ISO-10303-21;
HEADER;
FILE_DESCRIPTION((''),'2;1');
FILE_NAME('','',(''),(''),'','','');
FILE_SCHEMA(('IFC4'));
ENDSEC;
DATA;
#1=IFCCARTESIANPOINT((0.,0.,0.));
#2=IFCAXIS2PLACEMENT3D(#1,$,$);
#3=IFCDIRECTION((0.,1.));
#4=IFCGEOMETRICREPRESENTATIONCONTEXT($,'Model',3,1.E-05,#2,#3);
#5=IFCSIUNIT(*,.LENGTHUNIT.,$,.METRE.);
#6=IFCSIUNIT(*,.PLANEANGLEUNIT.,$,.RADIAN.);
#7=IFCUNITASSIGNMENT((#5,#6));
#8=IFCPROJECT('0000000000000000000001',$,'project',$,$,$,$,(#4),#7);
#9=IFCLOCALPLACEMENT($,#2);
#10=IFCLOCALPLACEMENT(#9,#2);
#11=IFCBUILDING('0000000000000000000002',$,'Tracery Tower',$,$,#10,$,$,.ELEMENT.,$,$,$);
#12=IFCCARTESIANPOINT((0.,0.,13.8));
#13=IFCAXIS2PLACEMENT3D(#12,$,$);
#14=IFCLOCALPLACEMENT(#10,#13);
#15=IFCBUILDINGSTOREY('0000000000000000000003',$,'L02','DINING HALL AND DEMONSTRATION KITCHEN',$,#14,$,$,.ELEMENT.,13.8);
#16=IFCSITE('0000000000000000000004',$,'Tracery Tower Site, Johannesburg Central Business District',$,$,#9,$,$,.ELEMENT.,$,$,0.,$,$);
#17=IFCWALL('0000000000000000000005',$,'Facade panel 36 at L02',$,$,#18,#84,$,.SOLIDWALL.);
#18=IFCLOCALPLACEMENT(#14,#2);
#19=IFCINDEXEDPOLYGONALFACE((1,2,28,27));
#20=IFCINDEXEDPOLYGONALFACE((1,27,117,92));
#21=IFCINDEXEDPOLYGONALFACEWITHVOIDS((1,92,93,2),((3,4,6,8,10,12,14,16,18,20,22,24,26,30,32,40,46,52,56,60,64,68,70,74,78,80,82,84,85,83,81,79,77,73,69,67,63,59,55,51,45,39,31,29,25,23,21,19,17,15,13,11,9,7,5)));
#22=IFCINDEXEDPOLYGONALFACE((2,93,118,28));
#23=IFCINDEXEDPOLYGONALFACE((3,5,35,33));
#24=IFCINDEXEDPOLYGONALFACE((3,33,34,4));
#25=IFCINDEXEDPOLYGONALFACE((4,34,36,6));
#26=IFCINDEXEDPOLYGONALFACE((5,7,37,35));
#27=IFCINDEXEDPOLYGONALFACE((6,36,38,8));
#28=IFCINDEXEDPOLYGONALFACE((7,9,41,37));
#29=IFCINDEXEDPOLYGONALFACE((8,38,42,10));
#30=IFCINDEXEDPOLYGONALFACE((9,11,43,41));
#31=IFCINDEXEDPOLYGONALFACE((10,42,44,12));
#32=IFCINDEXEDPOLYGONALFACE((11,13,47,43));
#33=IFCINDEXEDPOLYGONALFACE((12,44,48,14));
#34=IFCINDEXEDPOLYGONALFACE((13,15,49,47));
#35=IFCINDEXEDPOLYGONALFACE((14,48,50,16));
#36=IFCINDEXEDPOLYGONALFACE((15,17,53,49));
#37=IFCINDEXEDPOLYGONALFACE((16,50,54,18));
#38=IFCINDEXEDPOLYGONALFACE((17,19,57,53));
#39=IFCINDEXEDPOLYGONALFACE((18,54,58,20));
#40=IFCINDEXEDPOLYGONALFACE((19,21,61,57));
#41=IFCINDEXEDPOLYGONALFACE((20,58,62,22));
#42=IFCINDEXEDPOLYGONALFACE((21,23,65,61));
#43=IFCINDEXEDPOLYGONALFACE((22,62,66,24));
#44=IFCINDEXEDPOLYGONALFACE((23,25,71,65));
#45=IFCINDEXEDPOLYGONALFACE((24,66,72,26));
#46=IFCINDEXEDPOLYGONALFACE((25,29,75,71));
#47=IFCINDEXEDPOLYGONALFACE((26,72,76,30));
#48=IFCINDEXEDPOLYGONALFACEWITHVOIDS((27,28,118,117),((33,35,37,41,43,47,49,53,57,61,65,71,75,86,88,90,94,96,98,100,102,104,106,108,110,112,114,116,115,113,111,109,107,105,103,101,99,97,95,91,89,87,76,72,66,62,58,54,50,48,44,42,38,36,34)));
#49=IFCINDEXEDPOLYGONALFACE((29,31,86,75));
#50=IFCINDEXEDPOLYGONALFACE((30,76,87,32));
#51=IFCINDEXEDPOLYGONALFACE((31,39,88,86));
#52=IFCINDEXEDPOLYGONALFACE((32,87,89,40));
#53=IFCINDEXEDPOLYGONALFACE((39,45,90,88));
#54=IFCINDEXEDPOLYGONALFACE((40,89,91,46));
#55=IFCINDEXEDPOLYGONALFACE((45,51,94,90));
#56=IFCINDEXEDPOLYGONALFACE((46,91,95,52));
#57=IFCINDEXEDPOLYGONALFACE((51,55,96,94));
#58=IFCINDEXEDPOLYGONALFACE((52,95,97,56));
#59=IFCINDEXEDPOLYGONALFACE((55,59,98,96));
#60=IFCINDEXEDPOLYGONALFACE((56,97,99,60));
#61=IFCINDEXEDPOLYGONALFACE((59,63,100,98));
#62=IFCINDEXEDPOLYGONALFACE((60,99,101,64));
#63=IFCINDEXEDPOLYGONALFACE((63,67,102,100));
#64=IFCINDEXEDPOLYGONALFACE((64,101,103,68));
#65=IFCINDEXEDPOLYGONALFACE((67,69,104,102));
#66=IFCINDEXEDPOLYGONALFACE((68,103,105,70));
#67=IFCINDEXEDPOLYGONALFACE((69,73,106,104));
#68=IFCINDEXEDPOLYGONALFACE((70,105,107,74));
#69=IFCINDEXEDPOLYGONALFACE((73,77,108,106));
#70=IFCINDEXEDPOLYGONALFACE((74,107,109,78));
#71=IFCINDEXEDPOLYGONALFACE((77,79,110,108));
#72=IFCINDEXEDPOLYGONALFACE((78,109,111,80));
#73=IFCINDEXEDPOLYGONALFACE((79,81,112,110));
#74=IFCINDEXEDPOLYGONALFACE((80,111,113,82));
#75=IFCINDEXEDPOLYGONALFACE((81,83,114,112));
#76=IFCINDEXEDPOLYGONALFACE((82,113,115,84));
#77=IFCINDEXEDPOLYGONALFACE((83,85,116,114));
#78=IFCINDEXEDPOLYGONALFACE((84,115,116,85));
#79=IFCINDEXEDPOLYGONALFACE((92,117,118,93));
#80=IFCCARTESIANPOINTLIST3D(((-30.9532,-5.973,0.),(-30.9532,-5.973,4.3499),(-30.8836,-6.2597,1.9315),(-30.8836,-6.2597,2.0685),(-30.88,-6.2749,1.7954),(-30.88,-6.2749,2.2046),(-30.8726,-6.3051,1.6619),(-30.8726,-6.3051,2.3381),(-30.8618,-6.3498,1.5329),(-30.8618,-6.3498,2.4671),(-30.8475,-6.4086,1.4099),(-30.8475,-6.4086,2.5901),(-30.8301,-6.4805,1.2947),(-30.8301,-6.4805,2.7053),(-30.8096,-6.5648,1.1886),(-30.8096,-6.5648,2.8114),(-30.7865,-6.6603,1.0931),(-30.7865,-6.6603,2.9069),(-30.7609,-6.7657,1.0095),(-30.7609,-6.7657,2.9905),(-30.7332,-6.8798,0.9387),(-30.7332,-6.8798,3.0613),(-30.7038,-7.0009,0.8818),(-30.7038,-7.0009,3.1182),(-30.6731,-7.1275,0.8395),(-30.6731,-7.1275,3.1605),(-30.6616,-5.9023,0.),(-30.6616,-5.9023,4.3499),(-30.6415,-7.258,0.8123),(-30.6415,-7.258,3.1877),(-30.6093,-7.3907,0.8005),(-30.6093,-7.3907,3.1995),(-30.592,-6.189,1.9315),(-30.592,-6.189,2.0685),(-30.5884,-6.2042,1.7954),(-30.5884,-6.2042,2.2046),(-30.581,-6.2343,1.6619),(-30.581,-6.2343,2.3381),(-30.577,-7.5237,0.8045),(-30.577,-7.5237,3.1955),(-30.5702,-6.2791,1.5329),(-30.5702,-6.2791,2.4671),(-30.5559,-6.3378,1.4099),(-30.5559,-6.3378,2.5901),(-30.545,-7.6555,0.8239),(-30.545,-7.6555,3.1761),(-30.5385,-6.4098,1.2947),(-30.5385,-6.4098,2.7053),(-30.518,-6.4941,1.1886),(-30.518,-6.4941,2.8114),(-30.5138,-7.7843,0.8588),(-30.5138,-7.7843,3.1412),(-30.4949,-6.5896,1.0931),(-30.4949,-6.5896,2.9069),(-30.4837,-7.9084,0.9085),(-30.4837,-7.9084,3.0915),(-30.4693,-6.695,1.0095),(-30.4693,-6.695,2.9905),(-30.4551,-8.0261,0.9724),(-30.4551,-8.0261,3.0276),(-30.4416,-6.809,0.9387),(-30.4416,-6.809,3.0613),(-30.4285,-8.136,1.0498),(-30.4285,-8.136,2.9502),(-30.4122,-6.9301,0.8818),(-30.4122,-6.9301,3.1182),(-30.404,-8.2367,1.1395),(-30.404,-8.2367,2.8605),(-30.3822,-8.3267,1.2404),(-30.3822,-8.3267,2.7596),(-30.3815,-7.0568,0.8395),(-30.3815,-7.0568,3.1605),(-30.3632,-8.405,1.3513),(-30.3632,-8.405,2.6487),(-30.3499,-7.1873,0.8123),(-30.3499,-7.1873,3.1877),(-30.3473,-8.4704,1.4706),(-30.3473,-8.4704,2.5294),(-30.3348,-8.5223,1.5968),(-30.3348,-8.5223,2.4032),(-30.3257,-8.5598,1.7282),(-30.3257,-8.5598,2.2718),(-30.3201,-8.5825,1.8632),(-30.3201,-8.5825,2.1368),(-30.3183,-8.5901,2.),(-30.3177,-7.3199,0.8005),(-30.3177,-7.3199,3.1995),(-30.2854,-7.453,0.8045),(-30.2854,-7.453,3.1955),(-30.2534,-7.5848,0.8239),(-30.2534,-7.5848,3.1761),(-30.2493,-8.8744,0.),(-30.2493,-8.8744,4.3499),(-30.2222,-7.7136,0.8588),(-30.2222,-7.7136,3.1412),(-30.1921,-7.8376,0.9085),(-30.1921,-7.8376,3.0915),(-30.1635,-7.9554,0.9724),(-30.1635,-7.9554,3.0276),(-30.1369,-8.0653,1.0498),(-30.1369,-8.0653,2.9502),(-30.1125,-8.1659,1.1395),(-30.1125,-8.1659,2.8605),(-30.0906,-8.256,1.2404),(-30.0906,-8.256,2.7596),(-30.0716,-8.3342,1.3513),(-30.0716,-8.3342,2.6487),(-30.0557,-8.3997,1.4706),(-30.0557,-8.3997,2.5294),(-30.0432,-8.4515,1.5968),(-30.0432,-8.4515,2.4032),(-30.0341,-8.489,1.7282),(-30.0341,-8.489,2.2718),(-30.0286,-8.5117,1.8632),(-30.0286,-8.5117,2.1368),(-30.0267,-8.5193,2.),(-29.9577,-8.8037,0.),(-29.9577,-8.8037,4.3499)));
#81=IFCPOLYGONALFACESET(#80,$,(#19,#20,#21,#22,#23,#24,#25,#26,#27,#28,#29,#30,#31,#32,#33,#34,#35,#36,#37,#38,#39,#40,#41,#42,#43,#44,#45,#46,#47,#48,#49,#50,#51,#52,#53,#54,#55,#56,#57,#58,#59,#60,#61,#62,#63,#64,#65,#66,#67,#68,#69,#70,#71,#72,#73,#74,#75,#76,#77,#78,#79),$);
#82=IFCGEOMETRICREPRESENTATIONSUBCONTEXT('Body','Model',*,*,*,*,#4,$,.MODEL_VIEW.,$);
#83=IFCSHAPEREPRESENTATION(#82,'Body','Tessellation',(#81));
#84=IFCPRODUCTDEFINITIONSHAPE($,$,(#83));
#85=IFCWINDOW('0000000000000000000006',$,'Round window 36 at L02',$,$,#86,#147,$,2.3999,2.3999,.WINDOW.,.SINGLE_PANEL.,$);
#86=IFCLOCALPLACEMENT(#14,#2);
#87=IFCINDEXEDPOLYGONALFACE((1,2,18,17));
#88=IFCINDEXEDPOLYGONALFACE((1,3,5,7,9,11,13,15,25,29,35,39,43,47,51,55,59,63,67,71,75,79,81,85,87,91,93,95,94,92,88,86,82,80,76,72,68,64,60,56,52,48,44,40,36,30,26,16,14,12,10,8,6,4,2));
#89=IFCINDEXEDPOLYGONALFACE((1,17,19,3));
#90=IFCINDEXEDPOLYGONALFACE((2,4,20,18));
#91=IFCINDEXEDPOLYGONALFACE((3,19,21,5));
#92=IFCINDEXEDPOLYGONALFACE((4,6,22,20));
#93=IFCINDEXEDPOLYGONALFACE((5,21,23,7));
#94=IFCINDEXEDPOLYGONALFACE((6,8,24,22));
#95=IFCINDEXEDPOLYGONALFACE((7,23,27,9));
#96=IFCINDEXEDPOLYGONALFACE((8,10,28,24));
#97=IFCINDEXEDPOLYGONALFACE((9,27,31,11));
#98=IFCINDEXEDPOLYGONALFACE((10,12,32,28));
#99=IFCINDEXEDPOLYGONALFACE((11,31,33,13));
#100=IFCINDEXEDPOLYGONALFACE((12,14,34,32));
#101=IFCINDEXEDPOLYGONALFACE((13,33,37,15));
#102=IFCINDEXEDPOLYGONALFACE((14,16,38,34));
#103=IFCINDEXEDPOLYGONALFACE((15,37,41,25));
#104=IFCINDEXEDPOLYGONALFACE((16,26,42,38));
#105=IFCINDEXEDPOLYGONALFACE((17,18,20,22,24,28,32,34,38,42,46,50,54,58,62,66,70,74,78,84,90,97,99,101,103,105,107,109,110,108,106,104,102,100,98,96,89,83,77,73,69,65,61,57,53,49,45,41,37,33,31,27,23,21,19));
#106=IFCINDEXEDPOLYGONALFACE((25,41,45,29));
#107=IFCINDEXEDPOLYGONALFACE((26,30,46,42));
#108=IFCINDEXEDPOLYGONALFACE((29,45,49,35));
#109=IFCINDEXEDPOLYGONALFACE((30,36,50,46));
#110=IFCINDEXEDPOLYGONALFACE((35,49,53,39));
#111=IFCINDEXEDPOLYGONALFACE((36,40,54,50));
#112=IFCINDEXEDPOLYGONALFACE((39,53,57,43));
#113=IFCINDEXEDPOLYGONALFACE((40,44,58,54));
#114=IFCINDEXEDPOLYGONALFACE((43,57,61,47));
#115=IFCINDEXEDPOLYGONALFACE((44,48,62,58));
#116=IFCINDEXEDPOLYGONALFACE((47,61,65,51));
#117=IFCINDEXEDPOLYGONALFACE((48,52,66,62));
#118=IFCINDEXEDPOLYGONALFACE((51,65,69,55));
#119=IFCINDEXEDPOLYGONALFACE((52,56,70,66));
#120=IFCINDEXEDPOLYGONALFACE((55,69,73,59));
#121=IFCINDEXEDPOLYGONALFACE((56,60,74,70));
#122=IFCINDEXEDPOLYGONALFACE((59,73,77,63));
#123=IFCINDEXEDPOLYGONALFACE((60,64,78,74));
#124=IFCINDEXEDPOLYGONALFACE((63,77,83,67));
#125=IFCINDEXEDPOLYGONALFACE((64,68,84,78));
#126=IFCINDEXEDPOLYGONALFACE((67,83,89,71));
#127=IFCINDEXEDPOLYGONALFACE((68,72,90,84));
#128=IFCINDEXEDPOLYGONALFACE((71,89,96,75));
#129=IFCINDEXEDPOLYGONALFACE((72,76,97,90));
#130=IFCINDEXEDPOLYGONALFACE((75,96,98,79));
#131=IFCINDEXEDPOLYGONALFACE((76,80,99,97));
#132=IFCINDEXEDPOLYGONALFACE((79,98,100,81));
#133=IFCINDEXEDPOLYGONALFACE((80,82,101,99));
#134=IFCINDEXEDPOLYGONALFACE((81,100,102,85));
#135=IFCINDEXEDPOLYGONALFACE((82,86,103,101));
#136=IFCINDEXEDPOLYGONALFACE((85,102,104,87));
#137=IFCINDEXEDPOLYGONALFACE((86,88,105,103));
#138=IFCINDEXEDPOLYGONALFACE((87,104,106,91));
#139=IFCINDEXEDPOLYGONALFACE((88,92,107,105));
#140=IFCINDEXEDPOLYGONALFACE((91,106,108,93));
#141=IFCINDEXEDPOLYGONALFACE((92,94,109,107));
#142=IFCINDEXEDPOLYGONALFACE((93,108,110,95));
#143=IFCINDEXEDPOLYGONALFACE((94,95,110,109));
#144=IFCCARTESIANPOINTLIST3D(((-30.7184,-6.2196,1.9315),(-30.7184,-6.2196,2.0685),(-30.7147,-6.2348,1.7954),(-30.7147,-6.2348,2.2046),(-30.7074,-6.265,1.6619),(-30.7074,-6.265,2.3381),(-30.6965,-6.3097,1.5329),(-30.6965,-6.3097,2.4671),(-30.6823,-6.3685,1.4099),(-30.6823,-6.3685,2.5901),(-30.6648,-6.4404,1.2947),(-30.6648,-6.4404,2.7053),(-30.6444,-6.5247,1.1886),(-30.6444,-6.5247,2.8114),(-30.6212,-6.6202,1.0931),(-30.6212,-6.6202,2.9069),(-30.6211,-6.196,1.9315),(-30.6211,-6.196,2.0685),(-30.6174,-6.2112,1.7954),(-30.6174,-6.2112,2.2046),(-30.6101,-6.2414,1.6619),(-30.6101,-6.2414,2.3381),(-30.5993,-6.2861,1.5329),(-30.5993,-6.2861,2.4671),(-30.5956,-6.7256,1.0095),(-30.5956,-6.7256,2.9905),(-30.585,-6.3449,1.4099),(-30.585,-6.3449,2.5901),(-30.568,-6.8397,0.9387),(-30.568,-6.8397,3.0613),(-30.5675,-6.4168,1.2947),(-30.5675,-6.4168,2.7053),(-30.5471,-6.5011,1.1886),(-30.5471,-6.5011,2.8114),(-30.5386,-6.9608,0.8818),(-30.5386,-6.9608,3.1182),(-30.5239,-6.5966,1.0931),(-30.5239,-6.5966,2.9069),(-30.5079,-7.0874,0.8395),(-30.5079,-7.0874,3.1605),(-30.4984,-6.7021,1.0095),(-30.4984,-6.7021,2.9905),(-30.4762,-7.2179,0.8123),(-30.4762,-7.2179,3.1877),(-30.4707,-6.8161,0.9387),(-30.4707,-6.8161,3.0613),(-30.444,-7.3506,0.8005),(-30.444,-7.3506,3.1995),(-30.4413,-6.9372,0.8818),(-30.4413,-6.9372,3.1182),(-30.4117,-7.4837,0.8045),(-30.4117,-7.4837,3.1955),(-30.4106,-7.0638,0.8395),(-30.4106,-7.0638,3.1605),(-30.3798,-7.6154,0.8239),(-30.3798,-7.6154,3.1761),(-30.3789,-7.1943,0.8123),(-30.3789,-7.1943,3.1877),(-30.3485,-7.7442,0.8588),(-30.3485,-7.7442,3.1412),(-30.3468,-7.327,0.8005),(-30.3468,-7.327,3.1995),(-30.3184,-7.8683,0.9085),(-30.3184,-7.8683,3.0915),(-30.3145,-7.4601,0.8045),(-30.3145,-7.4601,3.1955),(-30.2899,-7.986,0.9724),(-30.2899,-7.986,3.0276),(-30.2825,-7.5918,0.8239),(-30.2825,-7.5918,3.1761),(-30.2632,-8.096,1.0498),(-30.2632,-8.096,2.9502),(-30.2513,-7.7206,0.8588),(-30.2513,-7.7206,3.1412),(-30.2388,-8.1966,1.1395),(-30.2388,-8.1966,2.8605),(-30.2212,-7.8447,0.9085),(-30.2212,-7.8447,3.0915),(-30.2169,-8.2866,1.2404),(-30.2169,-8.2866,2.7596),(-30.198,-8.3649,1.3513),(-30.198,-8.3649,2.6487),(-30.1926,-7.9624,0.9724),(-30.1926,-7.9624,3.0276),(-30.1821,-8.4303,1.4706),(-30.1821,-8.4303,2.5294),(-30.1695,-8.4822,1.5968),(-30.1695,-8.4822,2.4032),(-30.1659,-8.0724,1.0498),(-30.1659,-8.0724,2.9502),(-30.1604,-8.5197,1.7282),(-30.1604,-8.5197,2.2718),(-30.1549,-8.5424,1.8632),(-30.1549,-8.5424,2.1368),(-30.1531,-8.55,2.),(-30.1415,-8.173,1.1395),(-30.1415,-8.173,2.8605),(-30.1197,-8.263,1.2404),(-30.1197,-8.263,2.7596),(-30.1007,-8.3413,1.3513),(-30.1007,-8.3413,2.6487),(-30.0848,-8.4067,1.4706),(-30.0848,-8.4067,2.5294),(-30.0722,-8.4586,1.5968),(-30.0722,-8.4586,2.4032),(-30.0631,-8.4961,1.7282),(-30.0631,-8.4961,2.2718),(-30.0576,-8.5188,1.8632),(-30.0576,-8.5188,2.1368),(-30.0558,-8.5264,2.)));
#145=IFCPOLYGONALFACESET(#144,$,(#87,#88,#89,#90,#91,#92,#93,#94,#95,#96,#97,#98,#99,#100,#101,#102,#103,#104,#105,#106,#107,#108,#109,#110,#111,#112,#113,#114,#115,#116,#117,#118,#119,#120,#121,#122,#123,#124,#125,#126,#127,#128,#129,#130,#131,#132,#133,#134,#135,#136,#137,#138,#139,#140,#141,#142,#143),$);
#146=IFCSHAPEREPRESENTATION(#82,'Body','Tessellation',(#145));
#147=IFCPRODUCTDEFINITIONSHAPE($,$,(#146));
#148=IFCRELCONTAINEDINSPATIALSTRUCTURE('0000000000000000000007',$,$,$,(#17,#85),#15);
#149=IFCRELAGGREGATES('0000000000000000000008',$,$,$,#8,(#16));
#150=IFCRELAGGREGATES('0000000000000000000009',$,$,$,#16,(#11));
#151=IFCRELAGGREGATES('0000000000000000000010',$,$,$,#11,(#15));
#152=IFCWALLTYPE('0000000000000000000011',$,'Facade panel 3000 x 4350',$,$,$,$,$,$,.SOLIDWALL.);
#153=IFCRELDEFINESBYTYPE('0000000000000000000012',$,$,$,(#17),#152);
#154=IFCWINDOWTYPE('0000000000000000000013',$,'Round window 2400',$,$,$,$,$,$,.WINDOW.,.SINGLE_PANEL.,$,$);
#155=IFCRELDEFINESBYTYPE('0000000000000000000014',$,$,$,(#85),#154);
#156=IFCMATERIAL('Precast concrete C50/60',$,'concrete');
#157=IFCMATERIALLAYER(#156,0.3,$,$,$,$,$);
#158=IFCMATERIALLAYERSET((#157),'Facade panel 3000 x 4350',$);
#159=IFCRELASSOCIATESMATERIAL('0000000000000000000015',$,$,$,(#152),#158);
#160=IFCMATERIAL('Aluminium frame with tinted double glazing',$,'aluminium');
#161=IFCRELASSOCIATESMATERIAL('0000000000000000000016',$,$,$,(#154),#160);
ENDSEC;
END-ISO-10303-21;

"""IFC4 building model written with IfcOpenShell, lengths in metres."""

from ifc_helpers import new_model, si_unit, direction, frame, frame_2d, origin, origin_2d, place, context, subcontext, project, spatial, rectangle, circle, extrude, material, layer, layer_set, type_object, element, fill, save


model = new_model("IFC4")

# Units and contexts
model_context = context("Model", 3, precision=1e-05, world=origin(), true_north=direction((0.0, 1.0)))
body_context = subcontext(model_context, "Body", "Model", "MODEL_VIEW")
ifc_project = project(units=[si_unit("LENGTHUNIT", "METRE"), si_unit("PLANEANGLEUNIT", "RADIAN")], contexts=[model_context])

# Site, building, storey
site_placement = place(None, origin())
site = spatial("IfcSite", under=ifc_project, at=site_placement, Name="Tracery Tower Site, Johannesburg Central Business District", CompositionType="ELEMENT", RefElevation=0.0)
building_placement = place(site_placement, origin())
building = spatial("IfcBuilding", under=site, at=building_placement, Name="Tracery Tower", CompositionType="ELEMENT")
storey_placement = place(building_placement, frame((0.0, 0.0, 13.8)))
storey = spatial("IfcBuildingStorey", under=building, at=storey_placement, Name="L02", Description="DINING HALL AND DEMONSTRATION KITCHEN", CompositionType="ELEMENT", Elevation=13.8)

# Wall, opening, window
ifc_material_1 = material(Name="Precast concrete C50/60", Category="concrete")
ifc_layer = layer(ifc_material_1, 0.3)
ifc_layer_set = layer_set([ifc_layer], Name="Facade panel 3000 x 4350")
wall_type = type_object("IfcWallType", Name="Facade panel 3000 x 4350", PredefinedType="SOLIDWALL", material=ifc_layer_set)
ifc_material_2 = material(Name="Aluminium frame with tinted double glazing", Category="aluminium")
window_type = type_object("IfcWindowType", Name="Round window 2400", PartitioningType="SINGLE_PANEL", PredefinedType="WINDOW", material=ifc_material_2)
wall_1_placement = place(storey_placement, frame((-30.8074, -5.9377, 0.0), z_axis=(0.0, 0.0, 1.0), x_axis=(0.235757, -0.971812, 0.0)))
wall_1 = element("IfcWall", 1, at=wall_1_placement, inside=storey, type_object=wall_type, Name="Facade panel 36 at L02", PredefinedType="SOLIDWALL", context=body_context, shape_type="SweptSolid", body=[
    extrude(rectangle(XDim=2.9856, YDim=0.3, at=frame_2d((1.4927, 0.0))), origin(), (0.0, 0.0, 1.0), 4.3499),
])
opening_1_placement = place(wall_1_placement, frame((1.4929, 0.0, 2.0)))
opening_1 = element("IfcOpeningElement", 2, at=opening_1_placement, cuts=wall_1, PredefinedType="OPENING", context=body_context, shape_type="SweptSolid", body=[
    extrude(circle(Radius=1.2, at=origin_2d()), frame((0.0, 0.1599, 0.0), z_axis=(0.0, -1.0, 0.0), x_axis=(1.0, 0.0, 0.0)), (0.0, 0.0, 1.0), 0.3201),
])
window_1_placement = place(opening_1_placement, origin())
window_1 = element("IfcWindow", 3, at=window_1_placement, inside=storey, type_object=window_type, Name="Round window 36 at L02", OverallHeight=2.3999, OverallWidth=2.3999, PartitioningType="SINGLE_PANEL", PredefinedType="WINDOW", context=body_context, shape_type="SweptSolid", body=[
    extrude(circle(Radius=1.2, at=origin_2d()), frame((0.0, 0.1201, 0.0), z_axis=(0.0, -1.0, 0.0), x_axis=(1.0, 0.0, 0.0)), (0.0, 0.0, 1.0), 0.1001),
])
fill(opening_1, window_1)

save(model, "model.ifc")
